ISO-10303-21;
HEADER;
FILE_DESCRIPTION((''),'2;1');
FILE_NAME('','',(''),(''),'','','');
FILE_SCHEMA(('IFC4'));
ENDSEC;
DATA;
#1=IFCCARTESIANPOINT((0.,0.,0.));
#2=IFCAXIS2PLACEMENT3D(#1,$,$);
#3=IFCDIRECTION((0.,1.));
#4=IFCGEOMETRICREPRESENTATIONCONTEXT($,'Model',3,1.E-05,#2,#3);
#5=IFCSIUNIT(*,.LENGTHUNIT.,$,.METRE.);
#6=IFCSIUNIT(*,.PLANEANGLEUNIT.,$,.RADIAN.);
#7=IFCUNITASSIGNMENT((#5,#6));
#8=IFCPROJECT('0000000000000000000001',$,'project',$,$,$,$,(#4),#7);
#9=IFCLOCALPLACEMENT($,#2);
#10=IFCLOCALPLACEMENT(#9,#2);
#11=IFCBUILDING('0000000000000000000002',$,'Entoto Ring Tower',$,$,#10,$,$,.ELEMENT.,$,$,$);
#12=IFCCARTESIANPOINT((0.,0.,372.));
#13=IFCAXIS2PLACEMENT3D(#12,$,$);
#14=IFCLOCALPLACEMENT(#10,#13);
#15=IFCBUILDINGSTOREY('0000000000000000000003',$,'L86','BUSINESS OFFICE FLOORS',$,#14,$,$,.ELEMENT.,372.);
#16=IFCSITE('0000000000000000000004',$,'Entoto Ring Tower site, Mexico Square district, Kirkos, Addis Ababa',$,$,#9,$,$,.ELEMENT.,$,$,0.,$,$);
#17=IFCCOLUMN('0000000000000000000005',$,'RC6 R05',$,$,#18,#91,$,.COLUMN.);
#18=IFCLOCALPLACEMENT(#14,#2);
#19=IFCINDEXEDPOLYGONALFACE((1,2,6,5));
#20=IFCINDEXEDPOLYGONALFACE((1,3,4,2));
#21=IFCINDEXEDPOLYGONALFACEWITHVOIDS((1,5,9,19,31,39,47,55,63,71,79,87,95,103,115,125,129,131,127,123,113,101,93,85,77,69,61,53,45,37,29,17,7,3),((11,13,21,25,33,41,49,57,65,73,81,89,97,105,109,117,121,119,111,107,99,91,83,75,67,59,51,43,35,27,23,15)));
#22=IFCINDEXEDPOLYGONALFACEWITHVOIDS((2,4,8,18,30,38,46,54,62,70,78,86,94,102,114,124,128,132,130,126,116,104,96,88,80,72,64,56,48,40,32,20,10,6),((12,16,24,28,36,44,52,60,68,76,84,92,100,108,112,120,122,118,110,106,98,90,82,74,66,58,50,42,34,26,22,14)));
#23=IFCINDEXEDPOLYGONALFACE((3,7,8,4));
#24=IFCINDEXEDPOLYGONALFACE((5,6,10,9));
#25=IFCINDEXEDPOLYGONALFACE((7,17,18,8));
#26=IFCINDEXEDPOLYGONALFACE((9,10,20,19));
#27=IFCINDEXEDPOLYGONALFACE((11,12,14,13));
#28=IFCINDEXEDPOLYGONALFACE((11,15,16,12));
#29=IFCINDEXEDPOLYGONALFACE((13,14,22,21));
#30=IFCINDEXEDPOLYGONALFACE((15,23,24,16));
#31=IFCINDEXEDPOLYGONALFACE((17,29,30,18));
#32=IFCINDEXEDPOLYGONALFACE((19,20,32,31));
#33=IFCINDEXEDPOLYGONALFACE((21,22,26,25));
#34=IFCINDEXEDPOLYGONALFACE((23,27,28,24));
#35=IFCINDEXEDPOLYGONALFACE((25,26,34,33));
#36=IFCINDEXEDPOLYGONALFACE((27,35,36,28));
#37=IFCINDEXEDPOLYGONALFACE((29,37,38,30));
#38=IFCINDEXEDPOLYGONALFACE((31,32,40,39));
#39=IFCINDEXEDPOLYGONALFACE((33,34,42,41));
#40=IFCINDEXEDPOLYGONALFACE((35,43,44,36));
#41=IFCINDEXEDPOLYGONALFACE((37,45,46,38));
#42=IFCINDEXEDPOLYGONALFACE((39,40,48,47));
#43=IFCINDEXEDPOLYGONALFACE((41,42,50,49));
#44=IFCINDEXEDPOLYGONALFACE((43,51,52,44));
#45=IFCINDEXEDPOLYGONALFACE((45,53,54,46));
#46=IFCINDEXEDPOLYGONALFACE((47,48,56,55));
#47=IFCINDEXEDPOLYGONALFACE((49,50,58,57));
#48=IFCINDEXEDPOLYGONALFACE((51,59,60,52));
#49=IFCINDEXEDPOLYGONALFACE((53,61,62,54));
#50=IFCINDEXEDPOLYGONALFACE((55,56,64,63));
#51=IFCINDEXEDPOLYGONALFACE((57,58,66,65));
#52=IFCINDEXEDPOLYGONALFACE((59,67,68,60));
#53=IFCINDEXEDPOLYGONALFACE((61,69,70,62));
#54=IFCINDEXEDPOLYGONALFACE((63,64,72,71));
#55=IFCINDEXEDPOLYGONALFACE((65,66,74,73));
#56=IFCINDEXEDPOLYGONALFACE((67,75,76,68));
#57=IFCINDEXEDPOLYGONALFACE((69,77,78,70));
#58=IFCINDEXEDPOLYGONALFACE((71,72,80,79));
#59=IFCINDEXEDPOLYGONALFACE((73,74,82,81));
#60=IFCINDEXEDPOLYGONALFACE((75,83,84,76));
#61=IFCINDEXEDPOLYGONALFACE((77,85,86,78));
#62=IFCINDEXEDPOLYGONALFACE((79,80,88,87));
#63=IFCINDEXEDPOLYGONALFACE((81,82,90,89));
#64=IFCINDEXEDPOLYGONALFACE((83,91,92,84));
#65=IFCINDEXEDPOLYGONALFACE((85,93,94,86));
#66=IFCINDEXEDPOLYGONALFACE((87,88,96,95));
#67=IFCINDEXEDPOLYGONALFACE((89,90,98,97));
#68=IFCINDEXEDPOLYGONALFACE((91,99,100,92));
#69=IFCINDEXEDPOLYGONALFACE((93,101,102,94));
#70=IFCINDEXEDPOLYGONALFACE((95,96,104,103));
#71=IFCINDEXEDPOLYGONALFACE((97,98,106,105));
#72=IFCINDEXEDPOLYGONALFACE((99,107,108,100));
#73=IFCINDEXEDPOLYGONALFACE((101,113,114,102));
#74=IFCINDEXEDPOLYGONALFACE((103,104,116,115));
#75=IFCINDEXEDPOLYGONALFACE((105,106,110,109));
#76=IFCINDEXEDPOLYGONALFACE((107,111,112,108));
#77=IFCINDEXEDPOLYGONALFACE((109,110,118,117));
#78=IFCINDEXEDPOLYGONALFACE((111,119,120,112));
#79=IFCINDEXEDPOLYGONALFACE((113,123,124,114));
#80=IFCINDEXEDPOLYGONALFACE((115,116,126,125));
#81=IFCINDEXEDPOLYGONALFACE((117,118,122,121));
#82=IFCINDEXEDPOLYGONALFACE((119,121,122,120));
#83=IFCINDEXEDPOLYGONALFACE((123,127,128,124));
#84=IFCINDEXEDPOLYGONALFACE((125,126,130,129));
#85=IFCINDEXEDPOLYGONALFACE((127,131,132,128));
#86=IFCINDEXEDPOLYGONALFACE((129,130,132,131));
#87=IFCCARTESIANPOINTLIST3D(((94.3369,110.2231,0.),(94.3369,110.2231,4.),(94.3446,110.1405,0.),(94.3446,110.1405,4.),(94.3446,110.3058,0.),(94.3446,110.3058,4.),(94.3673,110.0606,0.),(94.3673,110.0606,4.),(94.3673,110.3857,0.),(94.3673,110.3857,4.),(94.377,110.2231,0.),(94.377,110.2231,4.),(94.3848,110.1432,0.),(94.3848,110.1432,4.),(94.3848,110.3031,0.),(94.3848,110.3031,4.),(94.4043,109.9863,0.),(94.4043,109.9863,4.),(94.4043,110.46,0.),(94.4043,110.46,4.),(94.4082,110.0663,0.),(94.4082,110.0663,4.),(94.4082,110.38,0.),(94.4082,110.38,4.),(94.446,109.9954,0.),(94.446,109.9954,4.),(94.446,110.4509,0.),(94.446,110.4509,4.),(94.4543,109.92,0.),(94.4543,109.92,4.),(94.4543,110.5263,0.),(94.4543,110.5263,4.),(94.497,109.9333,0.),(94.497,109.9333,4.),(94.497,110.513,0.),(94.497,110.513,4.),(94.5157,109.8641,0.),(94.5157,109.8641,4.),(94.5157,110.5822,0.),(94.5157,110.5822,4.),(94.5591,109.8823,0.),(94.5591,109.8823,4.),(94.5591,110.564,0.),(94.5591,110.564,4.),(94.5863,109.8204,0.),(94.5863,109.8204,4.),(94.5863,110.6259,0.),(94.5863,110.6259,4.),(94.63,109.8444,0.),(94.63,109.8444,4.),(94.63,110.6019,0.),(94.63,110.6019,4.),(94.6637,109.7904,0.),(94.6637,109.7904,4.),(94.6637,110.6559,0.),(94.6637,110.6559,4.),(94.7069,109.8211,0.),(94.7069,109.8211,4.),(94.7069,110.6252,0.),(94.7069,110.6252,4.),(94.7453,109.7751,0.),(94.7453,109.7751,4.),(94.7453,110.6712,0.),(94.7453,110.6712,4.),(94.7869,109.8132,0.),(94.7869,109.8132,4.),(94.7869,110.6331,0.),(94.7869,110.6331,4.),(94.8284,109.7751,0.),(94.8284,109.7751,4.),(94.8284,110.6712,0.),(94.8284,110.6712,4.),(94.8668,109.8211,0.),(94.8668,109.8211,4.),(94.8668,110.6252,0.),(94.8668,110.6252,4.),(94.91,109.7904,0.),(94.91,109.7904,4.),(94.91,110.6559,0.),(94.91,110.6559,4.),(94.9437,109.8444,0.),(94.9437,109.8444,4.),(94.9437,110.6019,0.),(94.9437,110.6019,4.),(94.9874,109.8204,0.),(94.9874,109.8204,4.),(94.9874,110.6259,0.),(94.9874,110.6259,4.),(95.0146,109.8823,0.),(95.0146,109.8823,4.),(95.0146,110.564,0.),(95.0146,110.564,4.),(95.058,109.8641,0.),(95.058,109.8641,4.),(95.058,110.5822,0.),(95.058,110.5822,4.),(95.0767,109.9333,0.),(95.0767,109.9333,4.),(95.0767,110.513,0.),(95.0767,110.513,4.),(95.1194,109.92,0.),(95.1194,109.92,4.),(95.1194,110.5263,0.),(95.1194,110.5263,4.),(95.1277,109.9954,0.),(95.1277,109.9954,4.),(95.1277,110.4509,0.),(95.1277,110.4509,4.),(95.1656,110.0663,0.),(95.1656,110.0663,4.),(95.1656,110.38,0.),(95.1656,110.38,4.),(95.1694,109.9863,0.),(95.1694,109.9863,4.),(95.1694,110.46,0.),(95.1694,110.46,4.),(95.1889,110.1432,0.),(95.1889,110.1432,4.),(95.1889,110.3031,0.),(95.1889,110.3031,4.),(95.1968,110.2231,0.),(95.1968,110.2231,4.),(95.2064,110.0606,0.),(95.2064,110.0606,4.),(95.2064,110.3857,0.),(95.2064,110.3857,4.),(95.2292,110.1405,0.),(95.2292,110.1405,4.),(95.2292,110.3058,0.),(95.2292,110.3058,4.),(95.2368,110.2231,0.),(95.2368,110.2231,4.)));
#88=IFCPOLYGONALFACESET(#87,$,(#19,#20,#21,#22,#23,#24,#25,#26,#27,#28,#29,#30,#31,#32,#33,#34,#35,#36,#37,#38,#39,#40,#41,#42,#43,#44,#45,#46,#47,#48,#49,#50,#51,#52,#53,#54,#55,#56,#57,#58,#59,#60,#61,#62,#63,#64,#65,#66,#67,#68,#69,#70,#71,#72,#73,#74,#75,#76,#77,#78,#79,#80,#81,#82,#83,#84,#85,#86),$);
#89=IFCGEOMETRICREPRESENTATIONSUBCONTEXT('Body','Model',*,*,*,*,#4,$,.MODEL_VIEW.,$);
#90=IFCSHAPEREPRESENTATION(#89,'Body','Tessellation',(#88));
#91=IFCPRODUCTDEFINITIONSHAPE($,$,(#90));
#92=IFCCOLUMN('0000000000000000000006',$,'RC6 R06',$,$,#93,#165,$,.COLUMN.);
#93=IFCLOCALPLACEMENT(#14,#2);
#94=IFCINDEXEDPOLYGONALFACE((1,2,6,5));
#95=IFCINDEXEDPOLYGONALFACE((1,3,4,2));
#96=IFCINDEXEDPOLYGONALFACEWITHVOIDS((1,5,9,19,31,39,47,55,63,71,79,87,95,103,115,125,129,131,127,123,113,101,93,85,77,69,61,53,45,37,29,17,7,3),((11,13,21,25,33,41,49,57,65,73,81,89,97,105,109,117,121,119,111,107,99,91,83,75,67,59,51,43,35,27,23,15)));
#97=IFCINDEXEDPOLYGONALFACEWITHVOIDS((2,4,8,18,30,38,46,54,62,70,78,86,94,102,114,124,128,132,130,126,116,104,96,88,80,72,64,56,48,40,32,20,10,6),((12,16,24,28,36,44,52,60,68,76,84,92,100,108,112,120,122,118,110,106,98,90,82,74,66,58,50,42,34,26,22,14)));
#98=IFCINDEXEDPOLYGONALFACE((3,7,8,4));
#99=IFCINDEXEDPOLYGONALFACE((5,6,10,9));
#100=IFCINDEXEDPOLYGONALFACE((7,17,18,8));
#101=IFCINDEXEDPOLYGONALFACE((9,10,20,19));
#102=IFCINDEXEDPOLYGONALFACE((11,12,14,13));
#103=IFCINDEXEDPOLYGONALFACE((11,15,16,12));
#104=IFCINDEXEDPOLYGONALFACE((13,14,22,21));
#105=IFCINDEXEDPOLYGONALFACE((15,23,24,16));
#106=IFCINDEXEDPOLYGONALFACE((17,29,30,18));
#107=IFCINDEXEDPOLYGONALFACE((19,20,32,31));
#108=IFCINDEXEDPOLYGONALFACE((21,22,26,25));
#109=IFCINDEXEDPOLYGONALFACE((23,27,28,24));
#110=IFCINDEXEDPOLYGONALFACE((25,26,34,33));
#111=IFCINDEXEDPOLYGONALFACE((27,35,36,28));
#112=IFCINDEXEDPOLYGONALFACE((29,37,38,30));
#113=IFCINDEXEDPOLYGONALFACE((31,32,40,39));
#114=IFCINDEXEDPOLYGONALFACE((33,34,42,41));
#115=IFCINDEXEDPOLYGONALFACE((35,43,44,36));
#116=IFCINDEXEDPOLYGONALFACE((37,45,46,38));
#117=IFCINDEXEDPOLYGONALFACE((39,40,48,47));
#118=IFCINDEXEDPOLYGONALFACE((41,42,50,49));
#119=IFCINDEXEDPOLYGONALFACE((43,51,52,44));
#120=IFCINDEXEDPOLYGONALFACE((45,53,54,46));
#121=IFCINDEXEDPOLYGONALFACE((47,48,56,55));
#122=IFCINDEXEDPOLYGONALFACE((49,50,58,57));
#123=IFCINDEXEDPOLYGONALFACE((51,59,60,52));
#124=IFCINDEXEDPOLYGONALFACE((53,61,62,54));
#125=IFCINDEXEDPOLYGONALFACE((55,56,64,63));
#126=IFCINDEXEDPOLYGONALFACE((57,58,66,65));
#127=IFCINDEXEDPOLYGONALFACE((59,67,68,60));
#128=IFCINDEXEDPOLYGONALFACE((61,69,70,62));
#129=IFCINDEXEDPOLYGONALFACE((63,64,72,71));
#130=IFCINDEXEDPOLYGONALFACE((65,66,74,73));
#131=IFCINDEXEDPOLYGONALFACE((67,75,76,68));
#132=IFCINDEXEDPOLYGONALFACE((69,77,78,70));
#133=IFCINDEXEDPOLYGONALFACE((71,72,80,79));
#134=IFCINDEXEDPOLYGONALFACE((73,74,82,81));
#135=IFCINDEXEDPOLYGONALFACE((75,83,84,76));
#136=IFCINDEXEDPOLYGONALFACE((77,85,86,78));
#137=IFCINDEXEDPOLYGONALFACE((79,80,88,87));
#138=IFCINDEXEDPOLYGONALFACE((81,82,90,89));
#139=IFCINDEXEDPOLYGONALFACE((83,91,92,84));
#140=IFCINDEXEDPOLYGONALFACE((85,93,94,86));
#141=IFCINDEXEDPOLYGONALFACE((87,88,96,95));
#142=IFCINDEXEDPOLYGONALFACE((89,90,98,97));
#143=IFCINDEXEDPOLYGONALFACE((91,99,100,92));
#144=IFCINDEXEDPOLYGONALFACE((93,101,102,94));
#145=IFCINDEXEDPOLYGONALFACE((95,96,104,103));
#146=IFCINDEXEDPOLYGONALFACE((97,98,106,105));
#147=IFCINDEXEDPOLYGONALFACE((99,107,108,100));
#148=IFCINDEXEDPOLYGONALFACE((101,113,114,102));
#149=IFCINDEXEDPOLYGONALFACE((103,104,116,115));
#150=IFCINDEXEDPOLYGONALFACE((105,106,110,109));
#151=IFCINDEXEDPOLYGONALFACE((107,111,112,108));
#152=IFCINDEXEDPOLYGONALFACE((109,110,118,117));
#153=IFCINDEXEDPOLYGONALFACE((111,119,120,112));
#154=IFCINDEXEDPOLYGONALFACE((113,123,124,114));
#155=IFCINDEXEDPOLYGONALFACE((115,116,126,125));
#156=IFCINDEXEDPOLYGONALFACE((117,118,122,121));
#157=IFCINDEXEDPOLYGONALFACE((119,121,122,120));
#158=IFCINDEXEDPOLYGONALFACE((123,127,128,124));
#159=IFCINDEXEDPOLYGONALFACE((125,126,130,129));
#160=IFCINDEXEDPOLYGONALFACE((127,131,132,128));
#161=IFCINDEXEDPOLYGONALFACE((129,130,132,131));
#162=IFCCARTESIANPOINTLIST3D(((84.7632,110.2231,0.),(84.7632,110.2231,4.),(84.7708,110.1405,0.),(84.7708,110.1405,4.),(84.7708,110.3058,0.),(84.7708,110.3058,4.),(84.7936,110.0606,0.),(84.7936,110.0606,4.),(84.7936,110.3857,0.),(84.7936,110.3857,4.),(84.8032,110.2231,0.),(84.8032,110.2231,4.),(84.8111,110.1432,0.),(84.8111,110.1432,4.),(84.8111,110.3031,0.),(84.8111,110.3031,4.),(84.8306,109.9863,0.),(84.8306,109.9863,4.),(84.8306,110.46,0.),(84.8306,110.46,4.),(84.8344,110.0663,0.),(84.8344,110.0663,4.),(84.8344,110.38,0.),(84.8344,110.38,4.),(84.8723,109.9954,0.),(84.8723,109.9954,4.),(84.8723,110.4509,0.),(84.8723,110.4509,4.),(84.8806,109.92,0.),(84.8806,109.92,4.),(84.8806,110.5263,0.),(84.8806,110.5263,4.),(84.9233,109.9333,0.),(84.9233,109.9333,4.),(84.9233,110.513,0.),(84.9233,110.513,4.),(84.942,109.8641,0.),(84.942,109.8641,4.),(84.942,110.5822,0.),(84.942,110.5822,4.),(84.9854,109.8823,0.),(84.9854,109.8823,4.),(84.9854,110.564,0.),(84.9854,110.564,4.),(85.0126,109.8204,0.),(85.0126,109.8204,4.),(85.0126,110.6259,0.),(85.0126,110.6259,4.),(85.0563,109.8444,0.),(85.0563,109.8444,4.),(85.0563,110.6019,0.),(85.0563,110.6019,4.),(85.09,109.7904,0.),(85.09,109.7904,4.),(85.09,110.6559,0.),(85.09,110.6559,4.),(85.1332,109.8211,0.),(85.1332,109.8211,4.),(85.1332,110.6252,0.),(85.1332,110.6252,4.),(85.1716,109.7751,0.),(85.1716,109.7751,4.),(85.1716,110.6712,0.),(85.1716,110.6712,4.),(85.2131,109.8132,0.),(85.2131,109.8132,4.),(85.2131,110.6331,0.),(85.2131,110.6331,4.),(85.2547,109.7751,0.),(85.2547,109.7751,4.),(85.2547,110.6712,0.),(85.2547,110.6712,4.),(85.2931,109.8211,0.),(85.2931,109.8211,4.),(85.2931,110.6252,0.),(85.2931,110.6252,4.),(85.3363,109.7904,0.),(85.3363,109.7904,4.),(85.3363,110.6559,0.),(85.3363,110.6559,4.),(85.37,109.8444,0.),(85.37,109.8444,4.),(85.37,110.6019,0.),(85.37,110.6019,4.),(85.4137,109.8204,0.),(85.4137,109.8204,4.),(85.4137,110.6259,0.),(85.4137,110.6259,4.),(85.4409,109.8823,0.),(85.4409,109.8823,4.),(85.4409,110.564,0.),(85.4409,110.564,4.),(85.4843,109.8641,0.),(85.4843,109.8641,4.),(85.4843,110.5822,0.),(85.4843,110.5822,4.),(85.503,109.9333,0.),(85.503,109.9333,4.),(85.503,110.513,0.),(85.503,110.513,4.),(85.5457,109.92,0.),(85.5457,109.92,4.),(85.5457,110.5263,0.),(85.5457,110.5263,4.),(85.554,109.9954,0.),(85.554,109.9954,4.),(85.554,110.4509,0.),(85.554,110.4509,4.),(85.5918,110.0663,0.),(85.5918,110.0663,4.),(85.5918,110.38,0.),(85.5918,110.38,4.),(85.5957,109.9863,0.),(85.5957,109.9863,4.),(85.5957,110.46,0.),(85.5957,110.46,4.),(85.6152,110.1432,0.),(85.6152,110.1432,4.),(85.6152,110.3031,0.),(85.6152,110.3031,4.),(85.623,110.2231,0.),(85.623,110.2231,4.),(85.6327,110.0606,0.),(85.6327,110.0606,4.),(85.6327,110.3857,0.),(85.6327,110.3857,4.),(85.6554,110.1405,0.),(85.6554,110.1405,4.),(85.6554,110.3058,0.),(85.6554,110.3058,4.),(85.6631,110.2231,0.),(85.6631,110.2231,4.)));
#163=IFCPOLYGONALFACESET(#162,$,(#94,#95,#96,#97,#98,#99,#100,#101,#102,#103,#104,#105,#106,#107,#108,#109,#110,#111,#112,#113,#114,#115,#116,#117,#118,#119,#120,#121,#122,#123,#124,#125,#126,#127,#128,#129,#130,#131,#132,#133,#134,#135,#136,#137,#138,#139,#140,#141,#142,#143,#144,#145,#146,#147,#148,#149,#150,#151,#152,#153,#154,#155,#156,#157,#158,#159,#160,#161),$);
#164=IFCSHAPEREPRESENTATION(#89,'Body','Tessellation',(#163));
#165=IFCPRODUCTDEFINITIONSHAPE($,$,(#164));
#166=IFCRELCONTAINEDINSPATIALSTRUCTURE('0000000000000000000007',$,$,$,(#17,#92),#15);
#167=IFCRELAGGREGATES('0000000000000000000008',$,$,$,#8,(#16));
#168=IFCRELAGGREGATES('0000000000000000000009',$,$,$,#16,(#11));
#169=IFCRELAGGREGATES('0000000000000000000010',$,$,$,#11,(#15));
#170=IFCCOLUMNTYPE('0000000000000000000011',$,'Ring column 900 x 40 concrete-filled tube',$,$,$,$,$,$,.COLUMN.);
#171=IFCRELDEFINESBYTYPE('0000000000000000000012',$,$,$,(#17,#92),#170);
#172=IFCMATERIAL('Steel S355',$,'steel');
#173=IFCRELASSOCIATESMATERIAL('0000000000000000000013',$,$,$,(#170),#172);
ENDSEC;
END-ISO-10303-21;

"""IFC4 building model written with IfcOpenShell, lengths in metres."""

from ifc_helpers import new_model, si_unit, direction, frame, origin, origin_2d, place, context, subcontext, project, spatial, circle, hollow_circle, extrude, material, material_profile, profile_set, type_object, element, save


model = new_model("IFC4")

# Units and contexts
model_context = context("Model", 3, precision=1e-05, world=origin(), true_north=direction((0.0, 1.0)))
body_context = subcontext(model_context, "Body", "Model", "MODEL_VIEW")
ifc_project = project(units=[si_unit("LENGTHUNIT", "METRE"), si_unit("PLANEANGLEUNIT", "RADIAN")], contexts=[model_context])

# Site, building, storey
site_placement = place(None, origin())
site = spatial("IfcSite", under=ifc_project, at=site_placement, Name="Entoto Ring Tower site, Mexico Square district, Kirkos, Addis Ababa", CompositionType="ELEMENT", RefElevation=0.0)
building_placement = place(site_placement, origin())
building = spatial("IfcBuilding", under=site, at=building_placement, Name="Entoto Ring Tower", CompositionType="ELEMENT")
storey_placement = place(building_placement, frame((0.0, 0.0, 372.0)))
storey = spatial("IfcBuildingStorey", under=building, at=storey_placement, Name="L86", Description="BUSINESS OFFICE FLOORS", CompositionType="ELEMENT", Elevation=372.0)

# Columns
ifc_material_1 = material(Name="Steel S355", Category="steel")
ifc_material_profile_1 = material_profile(ifc_material_1, hollow_circle(Radius=0.45, WallThickness=0.04, at=origin_2d()), Name="CHS 900 x 40")
ifc_material_2 = material(Name="Concrete C60/75", Category="concrete")
ifc_material_profile_2 = material_profile(ifc_material_2, circle(Radius=0.4099, at=origin_2d()), Name="Concrete C60/75 infill")
ifc_profile_set_1 = profile_set([ifc_material_profile_1, ifc_material_profile_2], Name="Steel S355")
column_type = type_object("IfcColumnType", Name="Ring column 900 x 40 concrete-filled tube", PredefinedType="COLUMN", material=ifc_profile_set_1)
for number, where, z_axis, x_axis, name in (
    (1, (94.7869, 110.2231, 0.0), (0.0, 0.0, 1.0), (1.0, 0.0, 0.0), "RC6 R05"),
    (2, (85.2131, 110.2231, 0.0), (0.0, 0.0, 1.0), (1.0, 0.0, 0.0), "RC6 R06"),
):
    element("IfcColumn", number, at=place(storey_placement, frame(where, z_axis=z_axis, x_axis=x_axis)), inside=storey, type_object=column_type, Name=name, PredefinedType="COLUMN", context=body_context, shape_type="SweptSolid", body=[
        extrude(hollow_circle(Radius=0.45, WallThickness=0.04, at=origin_2d()), origin(), (0.0, 0.0, 1.0), 4.0),
    ])

save(model, "model.ifc")
